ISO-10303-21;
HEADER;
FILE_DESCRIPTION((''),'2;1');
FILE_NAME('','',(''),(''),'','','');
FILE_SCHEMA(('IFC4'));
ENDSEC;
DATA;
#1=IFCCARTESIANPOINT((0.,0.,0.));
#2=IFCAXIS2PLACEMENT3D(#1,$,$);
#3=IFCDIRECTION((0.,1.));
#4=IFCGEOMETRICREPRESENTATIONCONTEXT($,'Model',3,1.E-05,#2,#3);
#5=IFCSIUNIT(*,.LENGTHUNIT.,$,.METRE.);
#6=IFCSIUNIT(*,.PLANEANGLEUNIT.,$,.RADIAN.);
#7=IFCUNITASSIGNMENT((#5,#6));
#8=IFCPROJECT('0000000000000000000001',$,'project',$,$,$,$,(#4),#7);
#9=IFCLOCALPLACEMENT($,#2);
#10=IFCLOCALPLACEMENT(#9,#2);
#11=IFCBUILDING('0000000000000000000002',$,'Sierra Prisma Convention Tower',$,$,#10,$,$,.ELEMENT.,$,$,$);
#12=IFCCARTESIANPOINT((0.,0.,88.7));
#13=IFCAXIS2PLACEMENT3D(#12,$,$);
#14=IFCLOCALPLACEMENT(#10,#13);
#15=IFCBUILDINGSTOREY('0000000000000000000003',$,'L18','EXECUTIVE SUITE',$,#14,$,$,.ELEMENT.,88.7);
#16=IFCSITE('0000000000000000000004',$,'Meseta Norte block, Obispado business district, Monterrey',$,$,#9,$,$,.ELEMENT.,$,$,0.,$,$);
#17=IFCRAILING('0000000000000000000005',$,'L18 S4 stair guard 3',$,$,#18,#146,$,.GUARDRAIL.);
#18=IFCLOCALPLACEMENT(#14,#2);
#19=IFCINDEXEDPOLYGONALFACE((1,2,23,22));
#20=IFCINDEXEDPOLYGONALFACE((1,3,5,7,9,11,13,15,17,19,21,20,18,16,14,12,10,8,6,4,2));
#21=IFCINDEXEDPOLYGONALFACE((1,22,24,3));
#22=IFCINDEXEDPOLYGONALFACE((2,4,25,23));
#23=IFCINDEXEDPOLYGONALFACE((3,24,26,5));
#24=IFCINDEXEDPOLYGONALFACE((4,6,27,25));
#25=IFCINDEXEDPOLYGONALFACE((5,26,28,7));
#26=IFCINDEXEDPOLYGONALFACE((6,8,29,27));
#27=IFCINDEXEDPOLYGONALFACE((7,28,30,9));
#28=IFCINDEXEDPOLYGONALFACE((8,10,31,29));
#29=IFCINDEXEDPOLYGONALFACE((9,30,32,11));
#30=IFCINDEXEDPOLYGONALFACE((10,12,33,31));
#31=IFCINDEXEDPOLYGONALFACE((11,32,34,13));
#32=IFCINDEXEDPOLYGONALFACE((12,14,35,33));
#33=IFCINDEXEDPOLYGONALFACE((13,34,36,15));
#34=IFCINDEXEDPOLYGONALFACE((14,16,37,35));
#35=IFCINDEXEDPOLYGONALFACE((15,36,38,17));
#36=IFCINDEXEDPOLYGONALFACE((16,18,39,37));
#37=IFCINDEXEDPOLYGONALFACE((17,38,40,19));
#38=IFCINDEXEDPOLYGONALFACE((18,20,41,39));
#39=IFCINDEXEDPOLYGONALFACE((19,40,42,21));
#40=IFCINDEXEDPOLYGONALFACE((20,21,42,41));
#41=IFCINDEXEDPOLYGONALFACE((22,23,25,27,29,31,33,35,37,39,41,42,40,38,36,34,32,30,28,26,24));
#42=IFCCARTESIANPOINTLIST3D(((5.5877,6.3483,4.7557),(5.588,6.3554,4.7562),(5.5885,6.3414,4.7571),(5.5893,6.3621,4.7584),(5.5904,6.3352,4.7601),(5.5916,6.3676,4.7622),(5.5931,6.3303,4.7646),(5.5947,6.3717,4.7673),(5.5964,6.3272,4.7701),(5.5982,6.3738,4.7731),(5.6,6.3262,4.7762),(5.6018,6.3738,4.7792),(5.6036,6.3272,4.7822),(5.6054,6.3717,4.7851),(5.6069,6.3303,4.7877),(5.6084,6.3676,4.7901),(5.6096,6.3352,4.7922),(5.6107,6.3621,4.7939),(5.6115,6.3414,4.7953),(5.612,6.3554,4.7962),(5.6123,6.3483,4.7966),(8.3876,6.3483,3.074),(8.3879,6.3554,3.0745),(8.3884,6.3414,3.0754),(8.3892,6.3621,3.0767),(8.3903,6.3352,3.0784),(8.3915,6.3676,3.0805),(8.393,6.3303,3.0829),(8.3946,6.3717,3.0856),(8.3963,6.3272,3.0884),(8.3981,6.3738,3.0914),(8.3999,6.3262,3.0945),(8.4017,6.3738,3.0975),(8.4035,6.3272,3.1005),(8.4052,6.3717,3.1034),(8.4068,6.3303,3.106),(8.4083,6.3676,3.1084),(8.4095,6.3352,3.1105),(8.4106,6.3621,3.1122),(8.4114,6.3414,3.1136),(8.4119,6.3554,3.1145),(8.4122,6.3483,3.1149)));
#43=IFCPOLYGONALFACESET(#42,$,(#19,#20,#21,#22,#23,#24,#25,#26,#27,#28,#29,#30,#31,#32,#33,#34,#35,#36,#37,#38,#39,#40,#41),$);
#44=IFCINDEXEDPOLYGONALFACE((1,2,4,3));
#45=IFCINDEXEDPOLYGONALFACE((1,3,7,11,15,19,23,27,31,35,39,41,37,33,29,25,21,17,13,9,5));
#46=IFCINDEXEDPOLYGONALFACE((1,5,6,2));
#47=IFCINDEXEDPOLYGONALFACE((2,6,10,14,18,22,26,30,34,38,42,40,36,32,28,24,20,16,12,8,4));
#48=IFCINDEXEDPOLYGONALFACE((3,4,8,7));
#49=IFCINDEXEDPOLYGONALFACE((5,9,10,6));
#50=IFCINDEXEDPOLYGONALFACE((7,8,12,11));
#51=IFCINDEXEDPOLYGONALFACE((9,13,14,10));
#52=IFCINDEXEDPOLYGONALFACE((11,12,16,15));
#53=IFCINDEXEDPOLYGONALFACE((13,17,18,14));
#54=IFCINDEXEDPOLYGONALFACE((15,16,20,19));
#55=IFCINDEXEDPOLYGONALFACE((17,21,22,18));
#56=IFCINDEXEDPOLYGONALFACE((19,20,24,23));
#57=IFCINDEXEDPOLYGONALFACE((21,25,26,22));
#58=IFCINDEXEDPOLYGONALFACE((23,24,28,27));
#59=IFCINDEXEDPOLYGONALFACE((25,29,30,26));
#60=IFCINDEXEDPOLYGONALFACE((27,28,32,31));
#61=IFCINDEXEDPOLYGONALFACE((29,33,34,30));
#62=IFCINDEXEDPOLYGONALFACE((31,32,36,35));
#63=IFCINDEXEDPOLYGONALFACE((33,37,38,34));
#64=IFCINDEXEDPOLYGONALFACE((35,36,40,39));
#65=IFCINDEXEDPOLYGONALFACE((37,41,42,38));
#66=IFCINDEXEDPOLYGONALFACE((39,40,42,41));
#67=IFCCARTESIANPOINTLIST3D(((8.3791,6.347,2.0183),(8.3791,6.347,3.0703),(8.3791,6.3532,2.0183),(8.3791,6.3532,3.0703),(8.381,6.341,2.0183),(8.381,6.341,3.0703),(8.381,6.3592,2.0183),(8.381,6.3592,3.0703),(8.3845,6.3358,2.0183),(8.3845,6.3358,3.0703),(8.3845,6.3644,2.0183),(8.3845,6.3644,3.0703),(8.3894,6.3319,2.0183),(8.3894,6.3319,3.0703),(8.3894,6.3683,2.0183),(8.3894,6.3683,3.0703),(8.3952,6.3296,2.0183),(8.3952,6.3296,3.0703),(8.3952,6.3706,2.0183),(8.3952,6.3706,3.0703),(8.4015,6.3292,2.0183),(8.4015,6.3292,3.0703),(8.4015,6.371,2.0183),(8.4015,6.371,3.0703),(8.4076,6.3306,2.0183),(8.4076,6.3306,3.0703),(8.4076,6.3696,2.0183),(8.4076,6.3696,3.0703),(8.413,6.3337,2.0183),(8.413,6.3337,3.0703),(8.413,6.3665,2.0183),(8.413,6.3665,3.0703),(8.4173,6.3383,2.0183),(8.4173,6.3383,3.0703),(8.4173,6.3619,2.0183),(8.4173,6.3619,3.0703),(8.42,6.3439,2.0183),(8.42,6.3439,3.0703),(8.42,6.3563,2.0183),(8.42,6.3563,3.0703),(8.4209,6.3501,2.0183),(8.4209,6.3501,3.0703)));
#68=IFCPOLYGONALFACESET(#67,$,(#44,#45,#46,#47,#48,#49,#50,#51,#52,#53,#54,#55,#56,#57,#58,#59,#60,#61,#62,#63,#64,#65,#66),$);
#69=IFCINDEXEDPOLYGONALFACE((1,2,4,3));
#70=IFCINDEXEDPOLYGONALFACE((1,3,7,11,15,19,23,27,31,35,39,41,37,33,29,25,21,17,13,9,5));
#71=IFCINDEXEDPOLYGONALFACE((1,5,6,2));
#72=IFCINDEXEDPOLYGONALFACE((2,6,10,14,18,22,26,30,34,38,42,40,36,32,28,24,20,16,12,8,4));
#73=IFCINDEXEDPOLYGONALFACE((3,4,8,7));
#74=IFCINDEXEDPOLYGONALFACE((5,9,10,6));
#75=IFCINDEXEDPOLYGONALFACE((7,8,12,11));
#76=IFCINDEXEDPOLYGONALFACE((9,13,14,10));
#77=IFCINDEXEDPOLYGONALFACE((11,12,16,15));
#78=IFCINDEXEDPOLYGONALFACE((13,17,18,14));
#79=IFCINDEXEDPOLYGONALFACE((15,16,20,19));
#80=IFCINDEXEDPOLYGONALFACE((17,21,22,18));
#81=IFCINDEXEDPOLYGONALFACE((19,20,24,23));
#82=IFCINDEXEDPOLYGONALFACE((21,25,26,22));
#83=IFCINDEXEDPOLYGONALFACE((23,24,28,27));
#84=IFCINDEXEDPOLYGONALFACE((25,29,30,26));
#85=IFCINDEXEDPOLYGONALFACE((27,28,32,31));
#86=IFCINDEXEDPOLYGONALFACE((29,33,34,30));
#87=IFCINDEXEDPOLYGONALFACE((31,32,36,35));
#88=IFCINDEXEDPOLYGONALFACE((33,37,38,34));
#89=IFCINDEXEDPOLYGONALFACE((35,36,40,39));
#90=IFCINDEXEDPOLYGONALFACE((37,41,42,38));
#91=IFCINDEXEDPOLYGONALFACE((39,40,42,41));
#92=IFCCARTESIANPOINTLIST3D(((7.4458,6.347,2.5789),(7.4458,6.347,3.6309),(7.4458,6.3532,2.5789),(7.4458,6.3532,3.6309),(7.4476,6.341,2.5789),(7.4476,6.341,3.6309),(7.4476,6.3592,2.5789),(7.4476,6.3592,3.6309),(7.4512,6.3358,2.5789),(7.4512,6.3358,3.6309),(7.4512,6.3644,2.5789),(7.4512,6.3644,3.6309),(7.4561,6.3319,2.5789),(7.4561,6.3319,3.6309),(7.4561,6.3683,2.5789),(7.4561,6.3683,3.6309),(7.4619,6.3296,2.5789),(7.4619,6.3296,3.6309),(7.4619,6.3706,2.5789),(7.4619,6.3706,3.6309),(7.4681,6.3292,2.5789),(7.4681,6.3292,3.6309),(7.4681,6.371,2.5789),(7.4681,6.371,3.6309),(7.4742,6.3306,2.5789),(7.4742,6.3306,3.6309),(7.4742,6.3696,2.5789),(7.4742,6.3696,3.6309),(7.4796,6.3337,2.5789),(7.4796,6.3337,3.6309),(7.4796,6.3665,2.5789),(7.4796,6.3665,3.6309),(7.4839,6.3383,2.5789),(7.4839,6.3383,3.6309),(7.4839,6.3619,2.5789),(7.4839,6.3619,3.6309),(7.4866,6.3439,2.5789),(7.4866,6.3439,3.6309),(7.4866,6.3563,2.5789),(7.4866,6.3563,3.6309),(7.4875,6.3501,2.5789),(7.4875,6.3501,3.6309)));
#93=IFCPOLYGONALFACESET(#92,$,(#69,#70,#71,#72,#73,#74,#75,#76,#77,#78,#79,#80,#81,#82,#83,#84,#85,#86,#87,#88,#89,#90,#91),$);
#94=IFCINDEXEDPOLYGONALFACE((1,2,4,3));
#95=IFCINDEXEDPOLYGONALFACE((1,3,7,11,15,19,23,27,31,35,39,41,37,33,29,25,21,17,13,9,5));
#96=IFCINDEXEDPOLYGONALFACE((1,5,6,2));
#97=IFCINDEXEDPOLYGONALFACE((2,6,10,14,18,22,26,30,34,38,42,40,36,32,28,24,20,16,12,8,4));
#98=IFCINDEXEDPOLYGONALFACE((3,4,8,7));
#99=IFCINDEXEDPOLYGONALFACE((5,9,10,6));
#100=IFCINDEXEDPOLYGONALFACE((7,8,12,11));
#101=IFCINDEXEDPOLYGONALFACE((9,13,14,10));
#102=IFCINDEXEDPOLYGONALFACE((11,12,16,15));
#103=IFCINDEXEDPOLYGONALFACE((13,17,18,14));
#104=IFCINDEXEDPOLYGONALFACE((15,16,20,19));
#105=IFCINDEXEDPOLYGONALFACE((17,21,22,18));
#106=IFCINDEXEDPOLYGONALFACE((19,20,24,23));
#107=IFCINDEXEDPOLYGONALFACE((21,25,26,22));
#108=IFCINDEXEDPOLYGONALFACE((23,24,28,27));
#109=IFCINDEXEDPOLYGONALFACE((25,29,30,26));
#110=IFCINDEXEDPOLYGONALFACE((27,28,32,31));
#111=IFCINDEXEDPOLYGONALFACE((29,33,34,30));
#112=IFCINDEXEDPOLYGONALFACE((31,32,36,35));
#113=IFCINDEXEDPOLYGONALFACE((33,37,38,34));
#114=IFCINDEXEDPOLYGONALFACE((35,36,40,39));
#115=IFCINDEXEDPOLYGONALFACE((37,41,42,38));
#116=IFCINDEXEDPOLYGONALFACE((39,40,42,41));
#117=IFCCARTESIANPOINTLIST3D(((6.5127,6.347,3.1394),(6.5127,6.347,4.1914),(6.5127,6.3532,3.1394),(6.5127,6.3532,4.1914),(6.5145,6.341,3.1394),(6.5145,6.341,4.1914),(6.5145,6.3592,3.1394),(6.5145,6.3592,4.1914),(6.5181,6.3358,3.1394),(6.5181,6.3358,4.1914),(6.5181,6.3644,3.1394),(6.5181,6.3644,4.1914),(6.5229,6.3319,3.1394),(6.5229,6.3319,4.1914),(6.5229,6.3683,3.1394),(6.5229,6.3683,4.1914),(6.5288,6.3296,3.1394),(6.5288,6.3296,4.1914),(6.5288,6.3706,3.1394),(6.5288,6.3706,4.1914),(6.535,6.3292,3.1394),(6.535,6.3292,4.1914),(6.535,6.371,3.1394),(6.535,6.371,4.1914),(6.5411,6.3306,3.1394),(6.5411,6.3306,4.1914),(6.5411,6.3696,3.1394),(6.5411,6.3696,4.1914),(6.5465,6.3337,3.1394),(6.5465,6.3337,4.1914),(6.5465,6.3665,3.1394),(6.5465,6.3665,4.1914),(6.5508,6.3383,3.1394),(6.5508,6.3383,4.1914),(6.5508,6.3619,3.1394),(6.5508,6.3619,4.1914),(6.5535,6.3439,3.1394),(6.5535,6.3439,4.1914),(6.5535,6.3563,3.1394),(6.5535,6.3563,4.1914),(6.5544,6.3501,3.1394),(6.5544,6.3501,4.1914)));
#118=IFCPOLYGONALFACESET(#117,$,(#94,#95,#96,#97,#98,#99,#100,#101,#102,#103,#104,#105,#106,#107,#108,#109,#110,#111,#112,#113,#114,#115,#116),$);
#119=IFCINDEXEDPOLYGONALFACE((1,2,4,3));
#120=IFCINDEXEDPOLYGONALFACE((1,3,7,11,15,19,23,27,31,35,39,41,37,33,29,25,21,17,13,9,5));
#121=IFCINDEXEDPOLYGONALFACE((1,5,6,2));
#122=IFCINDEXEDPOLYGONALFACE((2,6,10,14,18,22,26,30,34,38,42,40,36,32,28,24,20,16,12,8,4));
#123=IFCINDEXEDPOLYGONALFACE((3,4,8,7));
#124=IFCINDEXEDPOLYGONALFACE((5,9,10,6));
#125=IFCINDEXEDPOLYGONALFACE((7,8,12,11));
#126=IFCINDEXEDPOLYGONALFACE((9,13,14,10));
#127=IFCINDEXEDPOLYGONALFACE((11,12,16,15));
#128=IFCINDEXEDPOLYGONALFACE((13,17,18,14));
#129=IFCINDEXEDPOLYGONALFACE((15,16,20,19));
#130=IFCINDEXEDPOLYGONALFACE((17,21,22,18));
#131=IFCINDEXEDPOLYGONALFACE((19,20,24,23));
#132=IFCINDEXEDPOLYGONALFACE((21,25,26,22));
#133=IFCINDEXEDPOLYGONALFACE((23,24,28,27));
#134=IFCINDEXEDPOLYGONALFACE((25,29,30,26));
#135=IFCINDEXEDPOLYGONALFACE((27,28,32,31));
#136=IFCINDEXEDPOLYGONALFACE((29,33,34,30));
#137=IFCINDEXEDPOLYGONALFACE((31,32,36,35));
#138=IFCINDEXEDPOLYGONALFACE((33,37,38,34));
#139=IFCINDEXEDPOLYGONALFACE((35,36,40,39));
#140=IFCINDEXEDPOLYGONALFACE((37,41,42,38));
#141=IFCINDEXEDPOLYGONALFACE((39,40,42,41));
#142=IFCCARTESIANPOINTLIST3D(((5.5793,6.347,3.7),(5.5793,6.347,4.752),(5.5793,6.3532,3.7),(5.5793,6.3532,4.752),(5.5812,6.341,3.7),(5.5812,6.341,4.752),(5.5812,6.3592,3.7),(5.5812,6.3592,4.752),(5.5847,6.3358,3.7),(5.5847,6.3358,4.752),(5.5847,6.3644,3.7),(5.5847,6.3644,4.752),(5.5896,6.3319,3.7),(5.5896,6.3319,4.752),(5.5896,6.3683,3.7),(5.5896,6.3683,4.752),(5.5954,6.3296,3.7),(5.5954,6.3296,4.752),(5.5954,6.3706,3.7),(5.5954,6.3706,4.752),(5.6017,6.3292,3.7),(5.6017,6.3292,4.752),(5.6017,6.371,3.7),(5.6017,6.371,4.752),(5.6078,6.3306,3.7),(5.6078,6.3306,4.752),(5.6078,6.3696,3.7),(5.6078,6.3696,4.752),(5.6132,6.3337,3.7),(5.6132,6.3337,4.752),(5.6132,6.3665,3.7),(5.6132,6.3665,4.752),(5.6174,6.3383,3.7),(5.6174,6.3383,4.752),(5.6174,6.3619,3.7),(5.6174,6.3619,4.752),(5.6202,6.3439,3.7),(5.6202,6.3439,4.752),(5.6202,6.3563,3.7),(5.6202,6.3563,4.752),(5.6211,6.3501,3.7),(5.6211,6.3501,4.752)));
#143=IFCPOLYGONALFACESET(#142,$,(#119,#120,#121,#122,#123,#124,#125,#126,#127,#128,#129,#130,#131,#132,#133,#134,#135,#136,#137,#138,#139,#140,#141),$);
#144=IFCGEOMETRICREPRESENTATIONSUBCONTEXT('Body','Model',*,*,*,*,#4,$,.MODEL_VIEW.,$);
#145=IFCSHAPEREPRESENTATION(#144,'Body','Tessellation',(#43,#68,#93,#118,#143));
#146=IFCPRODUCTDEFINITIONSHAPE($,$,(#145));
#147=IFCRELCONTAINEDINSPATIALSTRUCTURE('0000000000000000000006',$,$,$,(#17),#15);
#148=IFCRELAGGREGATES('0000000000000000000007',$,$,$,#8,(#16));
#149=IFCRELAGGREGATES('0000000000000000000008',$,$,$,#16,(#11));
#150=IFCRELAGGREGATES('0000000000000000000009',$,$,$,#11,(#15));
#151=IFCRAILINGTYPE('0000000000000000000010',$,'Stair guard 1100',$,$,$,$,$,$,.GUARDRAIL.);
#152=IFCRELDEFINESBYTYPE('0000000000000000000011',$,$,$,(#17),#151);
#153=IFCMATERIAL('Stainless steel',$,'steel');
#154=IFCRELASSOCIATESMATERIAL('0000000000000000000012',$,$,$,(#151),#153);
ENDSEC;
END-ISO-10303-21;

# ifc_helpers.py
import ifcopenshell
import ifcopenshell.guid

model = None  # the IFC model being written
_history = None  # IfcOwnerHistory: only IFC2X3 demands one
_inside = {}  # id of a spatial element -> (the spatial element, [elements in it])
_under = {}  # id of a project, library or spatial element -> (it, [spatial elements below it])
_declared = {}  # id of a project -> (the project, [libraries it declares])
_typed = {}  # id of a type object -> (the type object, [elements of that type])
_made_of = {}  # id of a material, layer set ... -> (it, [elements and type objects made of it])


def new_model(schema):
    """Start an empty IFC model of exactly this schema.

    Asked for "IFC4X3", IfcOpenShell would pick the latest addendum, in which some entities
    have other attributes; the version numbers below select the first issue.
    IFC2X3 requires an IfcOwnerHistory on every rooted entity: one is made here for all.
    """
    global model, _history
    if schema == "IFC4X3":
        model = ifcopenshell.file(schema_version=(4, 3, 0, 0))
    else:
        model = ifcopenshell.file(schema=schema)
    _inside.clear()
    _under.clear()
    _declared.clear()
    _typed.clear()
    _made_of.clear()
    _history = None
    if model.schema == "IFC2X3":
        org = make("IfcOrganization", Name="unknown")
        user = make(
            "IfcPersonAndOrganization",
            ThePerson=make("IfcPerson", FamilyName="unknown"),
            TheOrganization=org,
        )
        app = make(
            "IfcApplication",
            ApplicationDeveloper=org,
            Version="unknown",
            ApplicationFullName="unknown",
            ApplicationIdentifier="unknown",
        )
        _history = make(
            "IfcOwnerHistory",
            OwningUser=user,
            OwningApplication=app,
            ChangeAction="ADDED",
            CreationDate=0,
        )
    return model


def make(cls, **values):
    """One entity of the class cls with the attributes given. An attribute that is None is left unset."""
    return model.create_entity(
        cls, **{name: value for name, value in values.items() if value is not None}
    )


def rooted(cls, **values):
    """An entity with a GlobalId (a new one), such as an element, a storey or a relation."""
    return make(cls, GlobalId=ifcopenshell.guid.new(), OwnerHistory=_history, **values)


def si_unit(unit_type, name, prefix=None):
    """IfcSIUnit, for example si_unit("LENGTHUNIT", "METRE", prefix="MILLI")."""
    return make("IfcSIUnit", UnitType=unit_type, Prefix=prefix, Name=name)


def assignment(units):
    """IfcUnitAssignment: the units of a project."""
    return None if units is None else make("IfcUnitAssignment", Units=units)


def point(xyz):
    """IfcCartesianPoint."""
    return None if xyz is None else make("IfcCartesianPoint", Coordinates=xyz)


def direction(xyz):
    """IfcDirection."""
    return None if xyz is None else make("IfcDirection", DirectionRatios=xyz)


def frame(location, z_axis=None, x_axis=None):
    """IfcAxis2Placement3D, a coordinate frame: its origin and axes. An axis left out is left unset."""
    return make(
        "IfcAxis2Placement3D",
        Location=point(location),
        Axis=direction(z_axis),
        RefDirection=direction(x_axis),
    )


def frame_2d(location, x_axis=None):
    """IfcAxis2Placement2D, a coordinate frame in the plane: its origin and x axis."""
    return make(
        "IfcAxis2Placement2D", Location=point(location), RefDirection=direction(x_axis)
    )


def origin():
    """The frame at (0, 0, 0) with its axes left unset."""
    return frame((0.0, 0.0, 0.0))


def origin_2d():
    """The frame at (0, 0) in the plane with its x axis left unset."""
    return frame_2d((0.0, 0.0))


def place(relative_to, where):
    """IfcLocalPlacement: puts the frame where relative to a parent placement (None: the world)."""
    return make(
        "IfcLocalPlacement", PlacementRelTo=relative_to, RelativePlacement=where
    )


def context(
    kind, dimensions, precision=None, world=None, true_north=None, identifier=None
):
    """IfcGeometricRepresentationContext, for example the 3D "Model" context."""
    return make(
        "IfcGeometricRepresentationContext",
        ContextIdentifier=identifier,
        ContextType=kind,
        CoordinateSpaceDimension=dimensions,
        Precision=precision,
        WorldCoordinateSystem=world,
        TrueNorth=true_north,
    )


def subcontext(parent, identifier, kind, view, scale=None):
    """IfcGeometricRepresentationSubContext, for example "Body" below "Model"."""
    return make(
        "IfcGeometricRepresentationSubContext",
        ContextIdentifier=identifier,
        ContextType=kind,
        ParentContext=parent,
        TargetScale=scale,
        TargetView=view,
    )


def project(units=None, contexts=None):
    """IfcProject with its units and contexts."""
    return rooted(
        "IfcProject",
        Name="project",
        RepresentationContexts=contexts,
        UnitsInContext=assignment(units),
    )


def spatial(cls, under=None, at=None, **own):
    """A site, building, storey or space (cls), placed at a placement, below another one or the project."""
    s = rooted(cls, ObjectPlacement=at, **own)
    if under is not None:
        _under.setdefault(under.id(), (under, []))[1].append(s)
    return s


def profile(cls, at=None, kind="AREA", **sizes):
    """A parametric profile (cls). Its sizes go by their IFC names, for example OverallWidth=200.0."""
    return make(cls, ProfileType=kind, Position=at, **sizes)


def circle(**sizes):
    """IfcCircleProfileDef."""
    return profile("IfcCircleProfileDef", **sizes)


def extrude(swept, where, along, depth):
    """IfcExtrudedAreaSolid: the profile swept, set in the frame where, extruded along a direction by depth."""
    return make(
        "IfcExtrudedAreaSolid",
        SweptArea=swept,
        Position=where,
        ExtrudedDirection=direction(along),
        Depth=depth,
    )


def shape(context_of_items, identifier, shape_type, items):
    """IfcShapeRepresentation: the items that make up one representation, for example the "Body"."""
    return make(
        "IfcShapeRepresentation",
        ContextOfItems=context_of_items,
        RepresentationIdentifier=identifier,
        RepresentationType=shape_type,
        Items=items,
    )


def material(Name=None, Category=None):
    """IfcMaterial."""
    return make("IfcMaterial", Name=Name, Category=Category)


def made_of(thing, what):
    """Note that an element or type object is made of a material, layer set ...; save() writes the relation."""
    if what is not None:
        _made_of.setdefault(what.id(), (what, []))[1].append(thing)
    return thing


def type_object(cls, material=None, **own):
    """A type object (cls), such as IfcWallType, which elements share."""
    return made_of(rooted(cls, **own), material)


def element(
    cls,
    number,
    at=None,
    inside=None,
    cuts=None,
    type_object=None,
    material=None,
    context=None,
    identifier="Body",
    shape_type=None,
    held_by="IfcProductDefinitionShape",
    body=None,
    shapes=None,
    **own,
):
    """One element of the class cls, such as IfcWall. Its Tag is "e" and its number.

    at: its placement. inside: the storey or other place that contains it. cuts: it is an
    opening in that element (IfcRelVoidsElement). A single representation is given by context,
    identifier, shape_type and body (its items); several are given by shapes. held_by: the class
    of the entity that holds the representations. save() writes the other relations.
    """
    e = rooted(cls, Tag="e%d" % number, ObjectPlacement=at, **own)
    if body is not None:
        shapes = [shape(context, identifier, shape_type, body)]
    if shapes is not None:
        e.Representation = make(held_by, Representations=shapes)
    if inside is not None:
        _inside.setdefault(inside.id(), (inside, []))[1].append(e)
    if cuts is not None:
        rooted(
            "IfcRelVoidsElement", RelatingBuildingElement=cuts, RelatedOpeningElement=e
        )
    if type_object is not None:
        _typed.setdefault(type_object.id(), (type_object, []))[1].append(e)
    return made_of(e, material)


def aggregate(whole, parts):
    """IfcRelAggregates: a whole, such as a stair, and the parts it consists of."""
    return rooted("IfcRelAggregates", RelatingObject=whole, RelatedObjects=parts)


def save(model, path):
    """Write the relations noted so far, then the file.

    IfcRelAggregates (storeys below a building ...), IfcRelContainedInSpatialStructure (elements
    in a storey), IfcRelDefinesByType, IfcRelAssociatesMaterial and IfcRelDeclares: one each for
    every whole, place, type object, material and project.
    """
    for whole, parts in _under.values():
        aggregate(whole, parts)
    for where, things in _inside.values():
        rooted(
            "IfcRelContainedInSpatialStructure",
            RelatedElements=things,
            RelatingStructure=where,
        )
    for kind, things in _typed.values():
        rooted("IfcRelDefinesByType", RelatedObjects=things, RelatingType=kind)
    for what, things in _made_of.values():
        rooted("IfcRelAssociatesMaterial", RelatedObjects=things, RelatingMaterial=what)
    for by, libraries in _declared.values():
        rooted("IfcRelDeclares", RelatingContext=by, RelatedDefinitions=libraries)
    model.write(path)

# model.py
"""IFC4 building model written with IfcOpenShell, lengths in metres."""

from ifc_helpers import new_model, si_unit, direction, frame, origin, origin_2d, place, context, subcontext, project, spatial, circle, extrude, material, type_object, element, save


model = new_model("IFC4")

# Units and contexts
model_context = context("Model", 3, precision=1e-05, world=origin(), true_north=direction((0.0, 1.0)))
body_context = subcontext(model_context, "Body", "Model", "MODEL_VIEW")
ifc_project = project(units=[si_unit("LENGTHUNIT", "METRE"), si_unit("PLANEANGLEUNIT", "RADIAN")], contexts=[model_context])

# Site, building, storey
site_placement = place(None, origin())
site = spatial("IfcSite", under=ifc_project, at=site_placement, Name="Meseta Norte block, Obispado business district, Monterrey", CompositionType="ELEMENT", RefElevation=0.0)
building_placement = place(site_placement, origin())
building = spatial("IfcBuilding", under=site, at=building_placement, Name="Sierra Prisma Convention Tower", CompositionType="ELEMENT")
storey_placement = place(building_placement, frame((0.0, 0.0, 88.7)))
storey = spatial("IfcBuildingStorey", under=building, at=storey_placement, Name="L18", Description="EXECUTIVE SUITE", CompositionType="ELEMENT", Elevation=88.7)

# Railing
ifc_material_1 = material(Name="Stainless steel", Category="steel")
railing_type_1 = type_object("IfcRailingType", Name="Stair guard 1100", PredefinedType="GUARDRAIL", material=ifc_material_1)
railing_1_placement = place(storey_placement, frame((8.3999, 6.3501, 2.0183)))
element("IfcRailing", 1, at=railing_1_placement, inside=storey, type_object=railing_type_1, Name="L18 S4 stair guard 3", PredefinedType="GUARDRAIL", context=body_context, shape_type="SweptSolid", body=[
    extrude(circle(Radius=0.0239, at=origin_2d()), frame((0.0, 0.0, 1.0762), z_axis=(-0.857255, 0.0, 0.514891), x_axis=(0.0, -1.0, 0.0)), (0.0, 0.0, 1.0), 3.2661),
    extrude(circle(Radius=0.021, at=origin_2d()), origin(), (0.0, 0.0, 1.0), 1.052),
    extrude(circle(Radius=0.021, at=origin_2d()), frame((-0.9333, 0.0, 0.5605)), (0.0, 0.0, 1.0), 1.052),
    extrude(circle(Radius=0.021, at=origin_2d()), frame((-1.8665, 0.0, 1.1211)), (0.0, 0.0, 1.0), 1.052),
    extrude(circle(Radius=0.021, at=origin_2d()), frame((-2.7998, 0.0, 1.6816)), (0.0, 0.0, 1.0), 1.052),
])

save(model, "model.ifc")
